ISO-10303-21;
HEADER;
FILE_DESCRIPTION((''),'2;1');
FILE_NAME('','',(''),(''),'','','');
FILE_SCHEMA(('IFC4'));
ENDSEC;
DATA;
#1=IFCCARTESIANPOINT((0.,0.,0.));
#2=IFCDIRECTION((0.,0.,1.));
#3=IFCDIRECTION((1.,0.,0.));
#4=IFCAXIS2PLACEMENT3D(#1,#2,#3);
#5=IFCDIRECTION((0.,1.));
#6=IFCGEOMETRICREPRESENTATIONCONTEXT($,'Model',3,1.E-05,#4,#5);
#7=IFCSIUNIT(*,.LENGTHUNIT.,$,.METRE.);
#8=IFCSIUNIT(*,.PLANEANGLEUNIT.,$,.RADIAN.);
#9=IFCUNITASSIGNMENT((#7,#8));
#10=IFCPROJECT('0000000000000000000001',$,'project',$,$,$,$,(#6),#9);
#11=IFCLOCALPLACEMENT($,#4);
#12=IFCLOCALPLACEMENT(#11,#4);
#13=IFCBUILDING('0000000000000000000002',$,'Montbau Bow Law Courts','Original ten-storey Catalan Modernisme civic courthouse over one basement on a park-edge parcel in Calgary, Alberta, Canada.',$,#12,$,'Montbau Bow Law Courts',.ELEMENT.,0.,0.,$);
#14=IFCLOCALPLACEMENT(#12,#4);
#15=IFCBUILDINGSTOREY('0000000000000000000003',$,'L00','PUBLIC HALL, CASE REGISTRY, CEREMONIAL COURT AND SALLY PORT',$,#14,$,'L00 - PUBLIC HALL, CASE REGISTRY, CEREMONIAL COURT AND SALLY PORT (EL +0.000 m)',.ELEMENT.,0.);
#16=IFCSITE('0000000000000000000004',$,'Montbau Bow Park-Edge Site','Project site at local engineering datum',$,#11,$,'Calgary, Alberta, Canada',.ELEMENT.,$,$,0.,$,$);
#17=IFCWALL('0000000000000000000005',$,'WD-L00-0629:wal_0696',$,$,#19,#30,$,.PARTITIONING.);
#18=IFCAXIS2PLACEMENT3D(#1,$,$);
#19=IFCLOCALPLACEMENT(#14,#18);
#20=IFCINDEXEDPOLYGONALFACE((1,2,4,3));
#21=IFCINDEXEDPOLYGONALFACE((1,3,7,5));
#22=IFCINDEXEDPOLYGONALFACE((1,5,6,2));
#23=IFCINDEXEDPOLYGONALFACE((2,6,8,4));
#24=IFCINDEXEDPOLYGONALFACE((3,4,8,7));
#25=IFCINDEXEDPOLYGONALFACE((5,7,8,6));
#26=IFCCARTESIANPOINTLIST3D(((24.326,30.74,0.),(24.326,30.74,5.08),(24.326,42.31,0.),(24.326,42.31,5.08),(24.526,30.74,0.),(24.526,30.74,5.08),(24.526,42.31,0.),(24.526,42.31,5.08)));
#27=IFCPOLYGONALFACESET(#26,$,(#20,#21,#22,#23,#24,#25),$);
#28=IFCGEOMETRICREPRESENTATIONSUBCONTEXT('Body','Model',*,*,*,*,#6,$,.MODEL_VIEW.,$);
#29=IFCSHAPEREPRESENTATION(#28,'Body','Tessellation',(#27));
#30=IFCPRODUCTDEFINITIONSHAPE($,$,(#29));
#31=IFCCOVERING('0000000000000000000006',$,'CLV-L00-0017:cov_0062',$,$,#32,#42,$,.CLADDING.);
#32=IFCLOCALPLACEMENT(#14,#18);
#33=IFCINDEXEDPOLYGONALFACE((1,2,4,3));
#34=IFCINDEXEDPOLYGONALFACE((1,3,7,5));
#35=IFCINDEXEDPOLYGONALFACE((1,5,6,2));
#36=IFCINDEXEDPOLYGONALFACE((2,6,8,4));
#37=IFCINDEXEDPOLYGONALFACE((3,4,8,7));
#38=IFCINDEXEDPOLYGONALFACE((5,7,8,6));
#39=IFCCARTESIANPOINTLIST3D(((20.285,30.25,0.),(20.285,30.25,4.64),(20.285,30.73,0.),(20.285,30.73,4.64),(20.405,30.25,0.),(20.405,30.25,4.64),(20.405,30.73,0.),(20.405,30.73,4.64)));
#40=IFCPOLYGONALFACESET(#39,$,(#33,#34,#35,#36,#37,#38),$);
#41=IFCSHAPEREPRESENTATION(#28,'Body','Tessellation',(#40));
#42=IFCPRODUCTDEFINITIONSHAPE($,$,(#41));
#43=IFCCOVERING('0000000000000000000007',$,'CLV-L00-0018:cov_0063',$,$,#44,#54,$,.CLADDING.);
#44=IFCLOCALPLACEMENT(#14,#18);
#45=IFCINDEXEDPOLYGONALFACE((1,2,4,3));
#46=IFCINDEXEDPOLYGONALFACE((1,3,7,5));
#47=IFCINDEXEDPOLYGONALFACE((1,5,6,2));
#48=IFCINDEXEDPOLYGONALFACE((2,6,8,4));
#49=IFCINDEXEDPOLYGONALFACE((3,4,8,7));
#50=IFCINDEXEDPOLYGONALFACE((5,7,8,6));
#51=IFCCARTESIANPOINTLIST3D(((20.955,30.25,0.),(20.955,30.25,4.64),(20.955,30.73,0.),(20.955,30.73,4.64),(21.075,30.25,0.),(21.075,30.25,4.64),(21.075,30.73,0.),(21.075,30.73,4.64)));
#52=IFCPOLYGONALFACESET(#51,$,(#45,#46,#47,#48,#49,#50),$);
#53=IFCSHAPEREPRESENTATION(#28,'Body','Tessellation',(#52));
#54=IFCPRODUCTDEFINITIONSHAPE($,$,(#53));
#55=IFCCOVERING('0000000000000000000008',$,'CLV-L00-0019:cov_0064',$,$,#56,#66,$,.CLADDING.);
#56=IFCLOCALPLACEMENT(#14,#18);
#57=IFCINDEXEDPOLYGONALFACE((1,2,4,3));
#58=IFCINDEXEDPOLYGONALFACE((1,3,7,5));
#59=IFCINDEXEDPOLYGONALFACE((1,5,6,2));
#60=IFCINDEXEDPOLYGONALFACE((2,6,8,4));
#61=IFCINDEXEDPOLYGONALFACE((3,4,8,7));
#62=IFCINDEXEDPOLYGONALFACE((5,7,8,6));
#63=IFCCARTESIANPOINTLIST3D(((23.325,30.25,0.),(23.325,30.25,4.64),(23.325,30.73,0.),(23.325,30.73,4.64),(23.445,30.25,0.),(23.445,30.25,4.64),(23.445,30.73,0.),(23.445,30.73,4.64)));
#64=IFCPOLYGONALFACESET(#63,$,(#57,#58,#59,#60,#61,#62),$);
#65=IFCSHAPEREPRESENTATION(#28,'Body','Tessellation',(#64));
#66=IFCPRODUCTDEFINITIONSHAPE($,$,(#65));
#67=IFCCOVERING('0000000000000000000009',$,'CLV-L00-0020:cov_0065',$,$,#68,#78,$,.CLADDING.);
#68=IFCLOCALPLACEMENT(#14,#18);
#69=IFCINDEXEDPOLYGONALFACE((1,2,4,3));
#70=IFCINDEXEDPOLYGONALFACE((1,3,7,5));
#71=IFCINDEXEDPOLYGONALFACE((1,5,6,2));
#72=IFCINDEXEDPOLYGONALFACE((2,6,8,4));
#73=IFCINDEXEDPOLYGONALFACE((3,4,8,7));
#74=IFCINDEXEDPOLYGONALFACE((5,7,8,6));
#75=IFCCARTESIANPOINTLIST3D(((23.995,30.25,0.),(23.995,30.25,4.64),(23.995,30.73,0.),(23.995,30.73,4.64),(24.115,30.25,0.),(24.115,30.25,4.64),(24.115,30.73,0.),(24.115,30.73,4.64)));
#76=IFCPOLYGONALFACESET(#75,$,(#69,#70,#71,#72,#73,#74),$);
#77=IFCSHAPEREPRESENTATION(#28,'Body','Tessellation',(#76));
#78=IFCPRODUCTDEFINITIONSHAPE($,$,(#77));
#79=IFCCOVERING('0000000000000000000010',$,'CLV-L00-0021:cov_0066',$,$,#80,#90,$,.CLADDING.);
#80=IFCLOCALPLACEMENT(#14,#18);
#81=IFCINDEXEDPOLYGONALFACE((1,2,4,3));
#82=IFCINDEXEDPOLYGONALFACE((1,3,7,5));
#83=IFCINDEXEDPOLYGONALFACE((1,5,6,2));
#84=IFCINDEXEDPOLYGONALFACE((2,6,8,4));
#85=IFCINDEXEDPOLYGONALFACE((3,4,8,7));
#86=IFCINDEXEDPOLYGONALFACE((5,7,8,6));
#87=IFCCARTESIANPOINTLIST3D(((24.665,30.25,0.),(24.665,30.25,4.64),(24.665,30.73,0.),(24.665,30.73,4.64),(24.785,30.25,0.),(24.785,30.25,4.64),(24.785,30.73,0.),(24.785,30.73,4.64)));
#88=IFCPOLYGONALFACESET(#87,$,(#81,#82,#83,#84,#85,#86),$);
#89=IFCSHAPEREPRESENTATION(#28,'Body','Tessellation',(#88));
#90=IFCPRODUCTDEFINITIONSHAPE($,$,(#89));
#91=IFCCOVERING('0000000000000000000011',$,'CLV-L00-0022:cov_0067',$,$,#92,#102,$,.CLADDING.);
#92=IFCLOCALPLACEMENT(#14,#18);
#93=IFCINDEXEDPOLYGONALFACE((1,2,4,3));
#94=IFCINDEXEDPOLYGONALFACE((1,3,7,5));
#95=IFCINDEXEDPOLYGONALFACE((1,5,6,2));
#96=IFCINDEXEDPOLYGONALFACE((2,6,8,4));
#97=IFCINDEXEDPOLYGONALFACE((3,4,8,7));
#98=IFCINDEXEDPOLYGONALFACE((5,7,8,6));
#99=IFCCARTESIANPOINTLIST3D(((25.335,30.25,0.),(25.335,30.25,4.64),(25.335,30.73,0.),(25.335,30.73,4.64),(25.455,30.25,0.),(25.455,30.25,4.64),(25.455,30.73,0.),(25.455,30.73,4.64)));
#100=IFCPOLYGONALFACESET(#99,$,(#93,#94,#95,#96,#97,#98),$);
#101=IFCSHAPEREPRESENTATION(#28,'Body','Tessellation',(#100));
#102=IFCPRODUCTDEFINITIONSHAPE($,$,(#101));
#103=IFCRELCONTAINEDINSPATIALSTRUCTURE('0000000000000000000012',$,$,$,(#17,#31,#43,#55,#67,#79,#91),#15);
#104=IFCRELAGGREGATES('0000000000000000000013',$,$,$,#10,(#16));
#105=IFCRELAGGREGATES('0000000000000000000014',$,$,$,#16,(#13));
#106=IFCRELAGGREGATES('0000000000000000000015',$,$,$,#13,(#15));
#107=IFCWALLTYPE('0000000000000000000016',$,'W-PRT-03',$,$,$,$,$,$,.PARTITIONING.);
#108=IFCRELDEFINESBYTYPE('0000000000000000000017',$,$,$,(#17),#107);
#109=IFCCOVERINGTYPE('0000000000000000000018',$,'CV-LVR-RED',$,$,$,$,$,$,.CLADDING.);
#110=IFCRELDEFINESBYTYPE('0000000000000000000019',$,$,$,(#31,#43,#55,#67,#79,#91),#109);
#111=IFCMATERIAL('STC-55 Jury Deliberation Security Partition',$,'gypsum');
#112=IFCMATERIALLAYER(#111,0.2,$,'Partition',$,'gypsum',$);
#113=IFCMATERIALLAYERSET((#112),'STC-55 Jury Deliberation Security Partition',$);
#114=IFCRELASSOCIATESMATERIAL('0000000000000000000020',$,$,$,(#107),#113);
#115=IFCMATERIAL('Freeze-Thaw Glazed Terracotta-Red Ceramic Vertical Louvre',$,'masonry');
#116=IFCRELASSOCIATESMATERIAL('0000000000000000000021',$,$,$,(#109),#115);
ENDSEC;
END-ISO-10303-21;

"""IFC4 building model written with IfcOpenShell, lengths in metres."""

from ifc_helpers import new_model, si_unit, direction, frame, frame_2d, origin_with_axes, place, context, subcontext, project, spatial, rectangle, extrude, material, layer, layer_set, type_object, element, save


model = new_model("IFC4")

# Units and contexts
model_context = context("Model", 3, precision=1e-05, world=origin_with_axes(), true_north=direction((0.0, 1.0)))
body_context = subcontext(model_context, "Body", "Model", "MODEL_VIEW")
ifc_project = project(units=[si_unit("LENGTHUNIT", "METRE"), si_unit("PLANEANGLEUNIT", "RADIAN")], contexts=[model_context])

# Site, building, storey
site_placement = place(None, origin_with_axes())
site = spatial("IfcSite", under=ifc_project, at=site_placement, Name="Montbau Bow Park-Edge Site", Description="Project site at local engineering datum", LongName="Calgary, Alberta, Canada", CompositionType="ELEMENT", RefElevation=0.0)
building_placement = place(site_placement, origin_with_axes())
building = spatial("IfcBuilding", under=site, at=building_placement, Name="Montbau Bow Law Courts", Description="Original ten-storey Catalan Modernisme civic courthouse over one basement on a park-edge parcel in Calgary, Alberta, Canada.", LongName="Montbau Bow Law Courts", CompositionType="ELEMENT", ElevationOfRefHeight=0.0, ElevationOfTerrain=0.0)
storey_placement = place(building_placement, origin_with_axes())
storey = spatial("IfcBuildingStorey", under=building, at=storey_placement, Name="L00", Description="PUBLIC HALL, CASE REGISTRY, CEREMONIAL COURT AND SALLY PORT", LongName="L00 - PUBLIC HALL, CASE REGISTRY, CEREMONIAL COURT AND SALLY PORT (EL +0.000 m)", CompositionType="ELEMENT", Elevation=0.0)

# Wall
ifc_material_1 = material(Name="STC-55 Jury Deliberation Security Partition", Category="gypsum")
ifc_layer_1 = layer(ifc_material_1, 0.2, Name="Partition", Category="gypsum")
ifc_layer_set_1 = layer_set([ifc_layer_1], Name="STC-55 Jury Deliberation Security Partition")
wall_type = type_object("IfcWallType", Name="W-PRT-03", PredefinedType="PARTITIONING", material=ifc_layer_set_1)
wall_placement = place(None, frame((24.426, 30.74, 0.0), z_axis=(0.0, 0.0, 1.0), x_axis=(0.0, 1.0, 0.0)))
element("IfcWall", 1, at=wall_placement, inside=storey, type_object=wall_type, Name="WD-L00-0629:wal_0696", PredefinedType="PARTITIONING", context=body_context, shape_type="SweptSolid", body=[
    extrude(rectangle(XDim=11.57, YDim=0.2, at=frame_2d((5.785, 0.0), x_axis=(1.0, 0.0))), origin_with_axes(), (0.0, 0.0, 1.0), 5.08),
])

# Coverings
ifc_material_2 = material(Name="Freeze-Thaw Glazed Terracotta-Red Ceramic Vertical Louvre", Category="masonry")
covering_type = type_object("IfcCoveringType", Name="CV-LVR-RED", PredefinedType="CLADDING", material=ifc_material_2)
for number, where, z_axis, x_axis, name in (
    (2, (20.345, 30.73, 0.0), (-1.0, 0.0, 0.0), (0.0, -1.0, 0.0), "CLV-L00-0017:cov_0062"),
    (3, (21.015, 30.73, 0.0), (-1.0, 0.0, 0.0), (0.0, -1.0, 0.0), "CLV-L00-0018:cov_0063"),
    (4, (23.385, 30.73, 0.0), (-1.0, 0.0, 0.0), (0.0, -1.0, 0.0), "CLV-L00-0019:cov_0064"),
    (5, (24.055, 30.73, 0.0), (-1.0, 0.0, 0.0), (0.0, -1.0, 0.0), "CLV-L00-0020:cov_0065"),
    (6, (24.725, 30.73, 0.0), (-1.0, 0.0, 0.0), (0.0, -1.0, 0.0), "CLV-L00-0021:cov_0066"),
    (7, (25.395, 30.73, 0.0), (-1.0, 0.0, 0.0), (0.0, -1.0, 0.0), "CLV-L00-0022:cov_0067"),
):
    element("IfcCovering", number, at=place(None, frame(where, z_axis=z_axis, x_axis=x_axis)), inside=storey, type_object=covering_type, Name=name, PredefinedType="CLADDING", context=body_context, shape_type="SweptSolid", body=[
        extrude(rectangle(XDim=0.48, YDim=4.64, at=frame_2d((0.24, 2.32), x_axis=(1.0, 0.0))), frame((0.0, 0.0, -0.06), z_axis=(0.0, 0.0, 1.0), x_axis=(1.0, 0.0, 0.0)), (0.0, 0.0, 1.0), 0.12),
    ])

save(model, "model.ifc")
